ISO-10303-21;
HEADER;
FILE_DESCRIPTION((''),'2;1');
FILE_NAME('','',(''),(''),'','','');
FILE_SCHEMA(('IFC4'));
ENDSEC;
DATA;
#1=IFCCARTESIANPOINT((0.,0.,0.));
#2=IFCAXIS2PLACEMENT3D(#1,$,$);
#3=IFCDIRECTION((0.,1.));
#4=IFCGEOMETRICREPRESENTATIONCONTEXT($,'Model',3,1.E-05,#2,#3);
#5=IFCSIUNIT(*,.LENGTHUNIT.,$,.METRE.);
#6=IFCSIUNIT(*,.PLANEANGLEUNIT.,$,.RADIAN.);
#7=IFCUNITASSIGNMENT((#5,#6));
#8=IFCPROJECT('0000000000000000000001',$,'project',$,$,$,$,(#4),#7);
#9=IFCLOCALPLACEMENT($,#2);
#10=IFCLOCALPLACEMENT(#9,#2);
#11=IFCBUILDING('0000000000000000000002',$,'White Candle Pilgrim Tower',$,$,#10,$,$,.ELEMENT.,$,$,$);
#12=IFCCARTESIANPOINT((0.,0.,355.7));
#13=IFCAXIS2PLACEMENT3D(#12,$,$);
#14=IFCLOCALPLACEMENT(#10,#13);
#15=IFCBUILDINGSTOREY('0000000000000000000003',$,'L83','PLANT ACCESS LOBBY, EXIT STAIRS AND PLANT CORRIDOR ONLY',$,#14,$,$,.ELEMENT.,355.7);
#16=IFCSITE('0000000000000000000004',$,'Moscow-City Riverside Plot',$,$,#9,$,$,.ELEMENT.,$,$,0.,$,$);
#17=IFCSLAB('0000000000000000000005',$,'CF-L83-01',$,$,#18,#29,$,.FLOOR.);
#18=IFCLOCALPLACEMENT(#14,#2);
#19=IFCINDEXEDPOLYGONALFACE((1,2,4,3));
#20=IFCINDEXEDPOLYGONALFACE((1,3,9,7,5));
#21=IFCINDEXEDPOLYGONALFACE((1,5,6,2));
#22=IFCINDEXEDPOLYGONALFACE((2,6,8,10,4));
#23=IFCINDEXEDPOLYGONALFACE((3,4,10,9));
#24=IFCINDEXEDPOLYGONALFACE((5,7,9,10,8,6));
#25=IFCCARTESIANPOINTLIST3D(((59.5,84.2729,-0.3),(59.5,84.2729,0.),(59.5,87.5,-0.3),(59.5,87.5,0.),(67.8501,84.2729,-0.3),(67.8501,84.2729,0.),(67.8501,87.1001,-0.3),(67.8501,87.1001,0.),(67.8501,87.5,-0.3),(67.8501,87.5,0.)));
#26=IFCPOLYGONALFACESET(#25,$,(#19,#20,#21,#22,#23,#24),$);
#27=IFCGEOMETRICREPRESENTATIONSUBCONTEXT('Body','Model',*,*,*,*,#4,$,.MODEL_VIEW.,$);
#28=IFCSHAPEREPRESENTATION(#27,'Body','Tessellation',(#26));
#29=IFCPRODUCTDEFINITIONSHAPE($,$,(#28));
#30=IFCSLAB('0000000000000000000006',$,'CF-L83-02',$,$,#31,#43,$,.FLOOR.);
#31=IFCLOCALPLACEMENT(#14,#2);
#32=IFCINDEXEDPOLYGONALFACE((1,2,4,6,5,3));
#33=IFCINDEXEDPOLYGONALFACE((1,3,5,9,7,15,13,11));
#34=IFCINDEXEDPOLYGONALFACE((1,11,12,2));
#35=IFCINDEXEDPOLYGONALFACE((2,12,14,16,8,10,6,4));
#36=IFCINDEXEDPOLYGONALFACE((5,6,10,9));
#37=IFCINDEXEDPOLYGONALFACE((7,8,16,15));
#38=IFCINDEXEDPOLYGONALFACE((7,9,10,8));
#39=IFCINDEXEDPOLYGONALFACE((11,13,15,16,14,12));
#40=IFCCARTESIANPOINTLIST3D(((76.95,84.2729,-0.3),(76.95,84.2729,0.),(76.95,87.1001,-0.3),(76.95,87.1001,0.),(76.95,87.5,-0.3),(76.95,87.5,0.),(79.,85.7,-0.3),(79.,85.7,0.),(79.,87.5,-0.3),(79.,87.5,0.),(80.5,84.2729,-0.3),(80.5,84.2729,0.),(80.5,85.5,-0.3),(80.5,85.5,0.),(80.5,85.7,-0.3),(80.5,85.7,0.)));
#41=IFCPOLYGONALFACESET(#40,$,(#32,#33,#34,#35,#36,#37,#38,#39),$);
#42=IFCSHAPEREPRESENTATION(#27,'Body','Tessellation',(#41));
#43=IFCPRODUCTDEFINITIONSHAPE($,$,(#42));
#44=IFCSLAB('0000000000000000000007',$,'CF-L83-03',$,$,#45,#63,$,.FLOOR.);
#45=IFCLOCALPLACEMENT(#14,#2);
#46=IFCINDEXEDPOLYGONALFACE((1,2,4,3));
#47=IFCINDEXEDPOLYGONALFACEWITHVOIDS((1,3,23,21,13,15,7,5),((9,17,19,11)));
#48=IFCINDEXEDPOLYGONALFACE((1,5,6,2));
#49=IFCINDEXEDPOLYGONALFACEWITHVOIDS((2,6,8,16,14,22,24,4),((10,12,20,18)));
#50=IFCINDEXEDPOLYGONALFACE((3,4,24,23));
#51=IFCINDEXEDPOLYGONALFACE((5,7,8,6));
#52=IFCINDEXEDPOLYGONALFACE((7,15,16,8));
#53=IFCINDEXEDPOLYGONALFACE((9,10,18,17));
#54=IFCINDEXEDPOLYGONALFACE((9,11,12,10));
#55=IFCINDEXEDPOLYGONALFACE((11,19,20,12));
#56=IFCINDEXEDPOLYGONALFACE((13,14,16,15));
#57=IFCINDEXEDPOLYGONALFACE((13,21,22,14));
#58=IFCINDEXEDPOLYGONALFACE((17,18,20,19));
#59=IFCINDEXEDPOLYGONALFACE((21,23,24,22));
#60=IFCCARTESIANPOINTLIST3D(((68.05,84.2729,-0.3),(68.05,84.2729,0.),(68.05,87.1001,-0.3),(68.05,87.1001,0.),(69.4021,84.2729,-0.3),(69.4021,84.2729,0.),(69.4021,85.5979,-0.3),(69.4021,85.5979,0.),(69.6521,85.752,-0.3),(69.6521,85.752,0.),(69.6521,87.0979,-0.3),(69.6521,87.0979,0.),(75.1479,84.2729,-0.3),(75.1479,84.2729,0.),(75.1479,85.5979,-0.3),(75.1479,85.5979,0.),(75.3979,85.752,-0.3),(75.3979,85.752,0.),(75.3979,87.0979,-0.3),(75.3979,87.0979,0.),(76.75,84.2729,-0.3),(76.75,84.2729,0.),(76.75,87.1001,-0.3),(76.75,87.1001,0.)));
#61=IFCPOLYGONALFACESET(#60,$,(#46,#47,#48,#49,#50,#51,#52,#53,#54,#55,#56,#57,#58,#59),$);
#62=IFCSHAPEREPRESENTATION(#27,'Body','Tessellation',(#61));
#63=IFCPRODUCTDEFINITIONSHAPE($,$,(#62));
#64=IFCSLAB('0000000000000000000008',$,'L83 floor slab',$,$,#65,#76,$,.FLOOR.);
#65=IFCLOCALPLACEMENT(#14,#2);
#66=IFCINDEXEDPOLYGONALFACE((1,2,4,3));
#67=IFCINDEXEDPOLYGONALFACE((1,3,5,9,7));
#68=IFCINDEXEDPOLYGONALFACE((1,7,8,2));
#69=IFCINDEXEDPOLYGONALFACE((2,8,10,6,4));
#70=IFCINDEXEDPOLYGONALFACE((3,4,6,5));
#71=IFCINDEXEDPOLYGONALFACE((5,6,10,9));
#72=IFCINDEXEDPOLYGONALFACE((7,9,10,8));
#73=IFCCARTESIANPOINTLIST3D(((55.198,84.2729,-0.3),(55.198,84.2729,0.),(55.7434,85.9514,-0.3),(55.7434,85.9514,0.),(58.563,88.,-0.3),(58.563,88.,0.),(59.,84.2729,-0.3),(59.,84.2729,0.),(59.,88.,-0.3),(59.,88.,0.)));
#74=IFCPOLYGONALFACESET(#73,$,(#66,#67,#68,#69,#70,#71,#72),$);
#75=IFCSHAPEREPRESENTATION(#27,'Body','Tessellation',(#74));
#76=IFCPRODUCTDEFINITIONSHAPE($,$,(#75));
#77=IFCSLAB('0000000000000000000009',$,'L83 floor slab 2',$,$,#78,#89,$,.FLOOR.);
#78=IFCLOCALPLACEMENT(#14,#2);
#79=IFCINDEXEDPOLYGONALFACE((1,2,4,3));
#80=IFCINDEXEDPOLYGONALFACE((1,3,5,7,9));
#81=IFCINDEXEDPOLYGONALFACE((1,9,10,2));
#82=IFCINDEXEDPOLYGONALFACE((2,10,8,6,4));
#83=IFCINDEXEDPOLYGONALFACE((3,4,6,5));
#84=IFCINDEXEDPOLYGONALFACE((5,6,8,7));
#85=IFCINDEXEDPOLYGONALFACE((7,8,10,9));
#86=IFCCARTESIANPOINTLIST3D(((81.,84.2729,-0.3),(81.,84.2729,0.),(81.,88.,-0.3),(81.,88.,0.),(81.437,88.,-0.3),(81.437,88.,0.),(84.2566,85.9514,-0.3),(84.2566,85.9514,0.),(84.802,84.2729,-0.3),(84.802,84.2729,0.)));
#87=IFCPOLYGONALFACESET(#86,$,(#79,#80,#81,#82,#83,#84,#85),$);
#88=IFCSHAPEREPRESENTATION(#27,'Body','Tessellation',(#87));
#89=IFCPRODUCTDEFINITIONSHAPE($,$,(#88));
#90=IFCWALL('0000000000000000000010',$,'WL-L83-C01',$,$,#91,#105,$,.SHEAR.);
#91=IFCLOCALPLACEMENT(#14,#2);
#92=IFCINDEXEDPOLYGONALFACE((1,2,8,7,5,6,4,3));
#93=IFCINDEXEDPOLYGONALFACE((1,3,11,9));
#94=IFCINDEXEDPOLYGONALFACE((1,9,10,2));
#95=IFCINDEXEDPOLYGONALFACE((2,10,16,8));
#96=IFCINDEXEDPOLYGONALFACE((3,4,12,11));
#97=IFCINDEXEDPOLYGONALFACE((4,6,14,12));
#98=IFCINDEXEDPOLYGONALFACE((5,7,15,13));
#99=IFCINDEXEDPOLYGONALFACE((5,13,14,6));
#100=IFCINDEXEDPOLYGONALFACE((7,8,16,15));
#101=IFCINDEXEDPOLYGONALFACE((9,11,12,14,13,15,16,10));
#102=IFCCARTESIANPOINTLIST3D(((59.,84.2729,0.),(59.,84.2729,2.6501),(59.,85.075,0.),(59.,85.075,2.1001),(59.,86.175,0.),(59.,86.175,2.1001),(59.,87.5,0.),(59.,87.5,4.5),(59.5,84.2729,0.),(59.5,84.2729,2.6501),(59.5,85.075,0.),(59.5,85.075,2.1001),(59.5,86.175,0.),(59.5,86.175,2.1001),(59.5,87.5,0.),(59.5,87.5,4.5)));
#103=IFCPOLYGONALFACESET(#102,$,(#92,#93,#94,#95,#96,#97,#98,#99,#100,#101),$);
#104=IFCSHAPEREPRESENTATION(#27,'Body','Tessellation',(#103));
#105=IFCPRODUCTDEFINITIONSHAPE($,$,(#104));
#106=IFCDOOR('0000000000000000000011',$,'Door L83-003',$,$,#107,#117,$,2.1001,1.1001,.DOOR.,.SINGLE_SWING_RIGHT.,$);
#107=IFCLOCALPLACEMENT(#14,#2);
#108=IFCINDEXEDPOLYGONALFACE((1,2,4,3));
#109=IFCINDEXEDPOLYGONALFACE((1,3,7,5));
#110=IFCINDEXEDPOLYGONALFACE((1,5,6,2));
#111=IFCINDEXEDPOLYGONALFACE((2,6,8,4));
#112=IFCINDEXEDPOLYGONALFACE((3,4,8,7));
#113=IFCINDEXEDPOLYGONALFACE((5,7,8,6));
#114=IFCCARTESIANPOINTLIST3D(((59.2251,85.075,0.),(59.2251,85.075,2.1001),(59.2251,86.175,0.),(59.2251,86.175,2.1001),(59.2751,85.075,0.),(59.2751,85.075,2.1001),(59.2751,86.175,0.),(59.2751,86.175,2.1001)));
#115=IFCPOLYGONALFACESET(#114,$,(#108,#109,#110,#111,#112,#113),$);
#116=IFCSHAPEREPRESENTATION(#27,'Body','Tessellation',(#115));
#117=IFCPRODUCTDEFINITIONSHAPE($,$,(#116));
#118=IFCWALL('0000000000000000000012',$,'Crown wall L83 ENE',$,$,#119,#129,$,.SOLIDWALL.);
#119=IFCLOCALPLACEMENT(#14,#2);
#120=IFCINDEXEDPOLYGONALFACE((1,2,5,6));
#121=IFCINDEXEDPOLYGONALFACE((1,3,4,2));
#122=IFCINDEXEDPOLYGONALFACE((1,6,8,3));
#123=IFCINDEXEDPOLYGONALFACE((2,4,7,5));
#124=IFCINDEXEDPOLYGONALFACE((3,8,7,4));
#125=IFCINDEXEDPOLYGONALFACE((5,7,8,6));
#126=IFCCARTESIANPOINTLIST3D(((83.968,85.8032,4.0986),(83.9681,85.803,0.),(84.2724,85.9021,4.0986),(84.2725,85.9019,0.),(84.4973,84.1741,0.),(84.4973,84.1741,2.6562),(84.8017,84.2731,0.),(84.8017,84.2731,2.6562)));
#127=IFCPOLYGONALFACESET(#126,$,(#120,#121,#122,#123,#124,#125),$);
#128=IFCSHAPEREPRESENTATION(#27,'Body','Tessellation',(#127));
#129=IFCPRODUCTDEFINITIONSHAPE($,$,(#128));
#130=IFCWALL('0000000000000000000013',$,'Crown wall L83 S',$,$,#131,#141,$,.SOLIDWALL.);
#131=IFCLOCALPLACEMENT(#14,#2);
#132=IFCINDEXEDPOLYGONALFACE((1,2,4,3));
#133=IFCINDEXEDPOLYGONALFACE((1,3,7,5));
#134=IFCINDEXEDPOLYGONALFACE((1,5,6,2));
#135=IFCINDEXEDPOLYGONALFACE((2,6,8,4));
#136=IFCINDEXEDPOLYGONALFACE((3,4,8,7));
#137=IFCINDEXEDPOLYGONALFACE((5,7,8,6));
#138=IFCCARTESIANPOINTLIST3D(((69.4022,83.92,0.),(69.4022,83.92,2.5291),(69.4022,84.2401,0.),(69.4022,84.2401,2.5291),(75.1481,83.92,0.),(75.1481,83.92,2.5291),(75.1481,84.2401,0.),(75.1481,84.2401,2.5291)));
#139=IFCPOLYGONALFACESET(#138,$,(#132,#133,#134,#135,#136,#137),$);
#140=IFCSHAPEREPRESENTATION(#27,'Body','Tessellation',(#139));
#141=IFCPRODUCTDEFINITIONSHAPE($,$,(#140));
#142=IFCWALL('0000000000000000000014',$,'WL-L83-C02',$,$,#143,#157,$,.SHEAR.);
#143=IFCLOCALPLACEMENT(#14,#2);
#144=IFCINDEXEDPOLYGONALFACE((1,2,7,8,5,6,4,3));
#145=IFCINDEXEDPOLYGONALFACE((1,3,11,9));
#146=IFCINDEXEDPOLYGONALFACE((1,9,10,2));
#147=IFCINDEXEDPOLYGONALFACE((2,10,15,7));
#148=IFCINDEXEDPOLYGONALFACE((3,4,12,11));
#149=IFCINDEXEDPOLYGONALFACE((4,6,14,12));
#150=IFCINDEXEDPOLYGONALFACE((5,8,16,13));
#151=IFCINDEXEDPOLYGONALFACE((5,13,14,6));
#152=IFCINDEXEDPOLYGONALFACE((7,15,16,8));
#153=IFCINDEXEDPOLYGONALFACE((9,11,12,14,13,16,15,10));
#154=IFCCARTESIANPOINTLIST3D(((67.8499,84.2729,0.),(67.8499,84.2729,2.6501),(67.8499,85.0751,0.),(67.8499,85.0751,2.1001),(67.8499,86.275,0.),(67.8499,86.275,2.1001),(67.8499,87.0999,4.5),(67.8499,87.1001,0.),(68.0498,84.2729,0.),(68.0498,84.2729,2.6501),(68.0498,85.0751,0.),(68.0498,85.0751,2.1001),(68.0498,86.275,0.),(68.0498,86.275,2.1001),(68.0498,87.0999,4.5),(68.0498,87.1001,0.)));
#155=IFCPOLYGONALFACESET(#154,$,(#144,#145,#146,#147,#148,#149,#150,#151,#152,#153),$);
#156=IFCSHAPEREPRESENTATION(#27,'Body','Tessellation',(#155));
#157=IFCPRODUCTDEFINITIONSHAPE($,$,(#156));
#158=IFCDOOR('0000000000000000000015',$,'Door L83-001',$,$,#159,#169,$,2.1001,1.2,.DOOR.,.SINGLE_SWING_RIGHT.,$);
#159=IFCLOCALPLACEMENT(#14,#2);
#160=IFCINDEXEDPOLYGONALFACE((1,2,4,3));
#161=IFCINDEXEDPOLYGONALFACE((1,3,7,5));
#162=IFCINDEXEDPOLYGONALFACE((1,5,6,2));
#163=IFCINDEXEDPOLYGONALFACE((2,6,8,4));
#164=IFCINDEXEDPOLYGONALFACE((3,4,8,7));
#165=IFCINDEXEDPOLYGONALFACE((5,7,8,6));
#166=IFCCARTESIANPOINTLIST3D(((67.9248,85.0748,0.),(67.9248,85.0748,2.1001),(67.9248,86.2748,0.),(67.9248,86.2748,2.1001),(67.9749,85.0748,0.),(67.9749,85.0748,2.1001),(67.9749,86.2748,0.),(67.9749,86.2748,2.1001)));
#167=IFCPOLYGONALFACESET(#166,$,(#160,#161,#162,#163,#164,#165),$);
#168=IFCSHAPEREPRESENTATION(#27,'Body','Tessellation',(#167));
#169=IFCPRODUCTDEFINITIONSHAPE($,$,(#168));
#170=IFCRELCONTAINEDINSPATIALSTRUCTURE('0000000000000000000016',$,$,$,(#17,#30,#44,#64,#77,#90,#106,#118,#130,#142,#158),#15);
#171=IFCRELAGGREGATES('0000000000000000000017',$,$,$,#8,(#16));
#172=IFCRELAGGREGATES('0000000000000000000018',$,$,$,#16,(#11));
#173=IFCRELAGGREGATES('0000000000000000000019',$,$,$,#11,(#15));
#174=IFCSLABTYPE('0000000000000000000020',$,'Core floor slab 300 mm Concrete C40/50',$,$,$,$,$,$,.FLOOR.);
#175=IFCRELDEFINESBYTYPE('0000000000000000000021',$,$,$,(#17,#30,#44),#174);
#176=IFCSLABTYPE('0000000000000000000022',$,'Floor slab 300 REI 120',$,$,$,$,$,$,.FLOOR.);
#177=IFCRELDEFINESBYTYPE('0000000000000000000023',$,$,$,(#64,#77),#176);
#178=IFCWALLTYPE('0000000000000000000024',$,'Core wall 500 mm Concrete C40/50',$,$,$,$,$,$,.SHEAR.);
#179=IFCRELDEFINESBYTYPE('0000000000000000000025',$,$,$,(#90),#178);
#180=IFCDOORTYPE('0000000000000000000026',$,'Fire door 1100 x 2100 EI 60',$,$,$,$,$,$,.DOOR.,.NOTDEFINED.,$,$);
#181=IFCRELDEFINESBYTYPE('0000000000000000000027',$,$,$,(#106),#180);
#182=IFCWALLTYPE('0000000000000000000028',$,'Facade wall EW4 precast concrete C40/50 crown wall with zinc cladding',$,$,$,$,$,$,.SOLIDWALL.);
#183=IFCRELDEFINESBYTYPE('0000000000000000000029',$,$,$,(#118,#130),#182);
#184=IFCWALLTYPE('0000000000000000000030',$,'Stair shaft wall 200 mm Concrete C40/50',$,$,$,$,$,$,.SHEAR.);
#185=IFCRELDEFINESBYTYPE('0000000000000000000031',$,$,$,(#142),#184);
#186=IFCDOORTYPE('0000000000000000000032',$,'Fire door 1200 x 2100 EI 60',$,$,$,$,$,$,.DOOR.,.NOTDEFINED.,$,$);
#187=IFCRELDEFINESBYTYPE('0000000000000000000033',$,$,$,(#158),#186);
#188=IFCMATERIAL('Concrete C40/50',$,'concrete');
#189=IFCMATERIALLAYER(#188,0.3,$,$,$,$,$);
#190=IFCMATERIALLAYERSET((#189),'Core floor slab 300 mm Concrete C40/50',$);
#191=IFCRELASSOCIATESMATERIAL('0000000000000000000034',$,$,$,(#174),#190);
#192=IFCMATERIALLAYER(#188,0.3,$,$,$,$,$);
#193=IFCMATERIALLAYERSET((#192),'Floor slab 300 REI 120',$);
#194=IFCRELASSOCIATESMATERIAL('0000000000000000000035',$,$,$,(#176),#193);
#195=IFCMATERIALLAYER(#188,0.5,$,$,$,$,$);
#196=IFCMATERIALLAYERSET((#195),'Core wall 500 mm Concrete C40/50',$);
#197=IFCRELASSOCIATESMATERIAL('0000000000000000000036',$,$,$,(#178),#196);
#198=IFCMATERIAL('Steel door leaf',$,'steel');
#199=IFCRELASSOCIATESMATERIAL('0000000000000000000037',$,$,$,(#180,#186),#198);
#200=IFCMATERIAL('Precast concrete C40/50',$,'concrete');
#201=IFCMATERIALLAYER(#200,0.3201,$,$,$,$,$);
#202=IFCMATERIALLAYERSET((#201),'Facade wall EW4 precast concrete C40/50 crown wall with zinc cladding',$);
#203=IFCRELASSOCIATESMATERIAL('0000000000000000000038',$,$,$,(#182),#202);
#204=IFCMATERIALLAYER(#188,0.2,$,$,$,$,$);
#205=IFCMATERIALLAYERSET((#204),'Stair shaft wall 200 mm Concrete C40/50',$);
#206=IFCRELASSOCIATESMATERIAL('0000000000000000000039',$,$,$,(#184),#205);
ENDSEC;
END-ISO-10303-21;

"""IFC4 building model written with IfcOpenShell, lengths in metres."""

from ifc_helpers import new_model, si_unit, direction, frame, frame_2d, origin, place, context, subcontext, project, spatial, polyline, rectangle, outline, extrude, material, layer, layer_set, type_object, element, fill, save


model = new_model("IFC4")

# Units and contexts
model_context = context("Model", 3, precision=1e-05, world=origin(), true_north=direction((0.0, 1.0)))
body_context = subcontext(model_context, "Body", "Model", "MODEL_VIEW")
ifc_project = project(units=[si_unit("LENGTHUNIT", "METRE"), si_unit("PLANEANGLEUNIT", "RADIAN")], contexts=[model_context])

# Site, building, storey
site_placement = place(None, origin())
site = spatial("IfcSite", under=ifc_project, at=site_placement, Name="Moscow-City Riverside Plot", CompositionType="ELEMENT", RefElevation=0.0)
building_placement = place(site_placement, origin())
building = spatial("IfcBuilding", under=site, at=building_placement, Name="White Candle Pilgrim Tower", CompositionType="ELEMENT")
storey_placement = place(building_placement, frame((0.0, 0.0, 355.7)))
storey = spatial("IfcBuildingStorey", under=building, at=storey_placement, Name="L83", Description="PLANT ACCESS LOBBY, EXIT STAIRS AND PLANT CORRIDOR ONLY", CompositionType="ELEMENT", Elevation=355.7)

# Slabs
ifc_material_1 = material(Name="Concrete C40/50", Category="concrete")
ifc_layer_1 = layer(ifc_material_1, 0.3)
ifc_layer_set_1 = layer_set([ifc_layer_1], Name="Core floor slab 300 mm Concrete C40/50")
slab_type_1 = type_object("IfcSlabType", Name="Core floor slab 300 mm Concrete C40/50", PredefinedType="FLOOR", material=ifc_layer_set_1)
slab_1_placement = place(storey_placement, frame((0.0, 0.0, -0.3)))
element("IfcSlab", 1, at=slab_1_placement, inside=storey, type_object=slab_type_1, Name="CF-L83-01", PredefinedType="FLOOR", context=body_context, shape_type="SweptSolid", body=[
    extrude(outline(polyline([(59.5, 84.2729), (59.5, 87.5), (67.8501, 87.5), (67.8501, 87.1001), (67.8501, 84.2729), (59.5, 84.2729)])), origin(), (0.0, 0.0, 1.0), 0.3),
])
slab_2_placement = place(storey_placement, frame((0.0, 0.0, -0.3)))
element("IfcSlab", 2, at=slab_2_placement, inside=storey, type_object=slab_type_1, Name="CF-L83-02", PredefinedType="FLOOR", context=body_context, shape_type="SweptSolid", body=[
    extrude(outline(polyline([(79.0, 87.5), (79.0, 85.7), (80.5, 85.7), (80.5, 85.5), (80.5, 84.2729), (76.95, 84.2729), (76.95, 87.1001), (76.95, 87.5), (79.0, 87.5)])), origin(), (0.0, 0.0, 1.0), 0.3),
])
slab_3_placement = place(storey_placement, frame((0.0, 0.0, -0.3)))
element("IfcSlab", 3, at=slab_3_placement, inside=storey, type_object=slab_type_1, Name="CF-L83-03", PredefinedType="FLOOR", context=body_context, shape_type="SweptSolid", body=[
    extrude(outline(polyline([(75.1479, 84.2729), (75.1479, 85.5979), (69.4021, 85.5979), (69.4021, 84.2729), (68.05, 84.2729), (68.05, 87.1001), (76.75, 87.1001), (76.75, 84.2729), (75.1479, 84.2729)]), holes=[polyline([(75.3979, 85.752), (75.3979, 87.0979), (69.6521, 87.0979), (69.6521, 85.752), (75.3979, 85.752)])]), origin(), (0.0, 0.0, 1.0), 0.3),
])
ifc_layer_2 = layer(ifc_material_1, 0.3)
ifc_layer_set_2 = layer_set([ifc_layer_2], Name="Floor slab 300 REI 120")
slab_type_2 = type_object("IfcSlabType", Name="Floor slab 300 REI 120", PredefinedType="FLOOR", material=ifc_layer_set_2)
slab_4_placement = place(storey_placement, frame((0.0, 0.0, -0.3)))
element("IfcSlab", 4, at=slab_4_placement, inside=storey, type_object=slab_type_2, Name="L83 floor slab", PredefinedType="FLOOR", context=body_context, shape_type="SweptSolid", body=[
    extrude(outline(polyline([(55.198, 84.2729), (59.0, 84.2729), (59.0, 88.0), (58.563, 88.0), (55.7434, 85.9514), (55.198, 84.2729)])), origin(), (0.0, 0.0, 1.0), 0.3),
])
slab_5_placement = place(storey_placement, frame((0.0, 0.0, -0.3)))
element("IfcSlab", 5, at=slab_5_placement, inside=storey, type_object=slab_type_2, Name="L83 floor slab 2", PredefinedType="FLOOR", context=body_context, shape_type="SweptSolid", body=[
    extrude(outline(polyline([(81.0, 84.2729), (84.802, 84.2729), (84.2566, 85.9514), (81.437, 88.0), (81.0, 88.0), (81.0, 84.2729)])), origin(), (0.0, 0.0, 1.0), 0.3),
])

# Wall, opening, door
ifc_layer_3 = layer(ifc_material_1, 0.5)
ifc_layer_set_3 = layer_set([ifc_layer_3], Name="Core wall 500 mm Concrete C40/50")
wall_type_1 = type_object("IfcWallType", Name="Core wall 500 mm Concrete C40/50", PredefinedType="SHEAR", material=ifc_layer_set_3)
wall_1_placement = place(storey_placement, frame((59.25, 84.2729, 0.0), z_axis=(0.0, 0.0, 1.0), x_axis=(0.0, 1.0, 0.0)))
wall_1 = element("IfcWall", 6, at=wall_1_placement, inside=storey, type_object=wall_type_1, Name="WL-L83-C01", PredefinedType="SHEAR", context=body_context, shape_type="SweptSolid", body=[
    extrude(outline(polyline([(0.0, 0.0), (3.2271, 0.0), (3.2271, 4.5), (0.0, 2.6501), (0.0, 0.0)])), frame((0.0, 0.25, 0.0), z_axis=(0.0, -1.0, 0.0), x_axis=(1.0, 0.0, 0.0)), (0.0, 0.0, 1.0), 0.5),
])
opening_1_placement = place(wall_1_placement, frame((0.802, 0.0, 0.0)))
opening_1 = element("IfcOpeningElement", 7, at=opening_1_placement, cuts=wall_1, PredefinedType="OPENING", context=body_context, shape_type="SweptSolid", body=[
    extrude(rectangle(XDim=1.1001, YDim=2.1001, at=frame_2d((0.55, 1.05))), frame((0.0, 0.26, 0.0), z_axis=(0.0, -1.0, 0.0), x_axis=(1.0, 0.0, 0.0)), (0.0, 0.0, 1.0), 0.52),
])
ifc_material_2 = material(Name="Steel door leaf", Category="steel")
door_type_1 = type_object("IfcDoorType", Name="Fire door 1100 x 2100 EI 60", OperationType="NOTDEFINED", PredefinedType="DOOR", material=ifc_material_2)
door_1_placement = place(opening_1_placement, origin())
door_1 = element("IfcDoor", 8, at=door_1_placement, inside=storey, type_object=door_type_1, Name="Door L83-003", OperationType="SINGLE_SWING_RIGHT", OverallHeight=2.1001, OverallWidth=1.1001, PredefinedType="DOOR", context=body_context, shape_type="SweptSolid", body=[
    extrude(rectangle(XDim=1.1001, YDim=2.1001, at=frame_2d((0.55, 1.05))), frame((0.0, 0.0249, 0.0), z_axis=(0.0, -1.0, 0.0), x_axis=(1.0, 0.0, 0.0)), (0.0, 0.0, 1.0), 0.05),
])
fill(opening_1, door_1)

# Walls
ifc_material_3 = material(Name="Precast concrete C40/50", Category="concrete")
ifc_layer_4 = layer(ifc_material_3, 0.3201)
ifc_layer_set_4 = layer_set([ifc_layer_4], Name="Facade wall EW4 precast concrete C40/50 crown wall with zinc cladding")
wall_type_2 = type_object("IfcWallType", Name="Facade wall EW4 precast concrete C40/50 crown wall with zinc cladding", PredefinedType="SOLIDWALL", material=ifc_layer_set_4)
wall_2_placement = place(storey_placement, frame((84.6497, 84.2236, 0.0), z_axis=(0.0, 0.0, 1.0), x_axis=(-0.309035, 0.951051, 0.0)))
element("IfcWall", 9, at=wall_2_placement, inside=storey, type_object=wall_type_2, Name="Crown wall L83 ENE", PredefinedType="SOLIDWALL", context=body_context, shape_type="SweptSolid", body=[
    extrude(outline(polyline([(0.0, 0.0), (1.7126, 0.0), (1.7129, 4.0986), (0.0, 2.6562), (0.0, 0.0)])), frame((0.0, 0.1602, 0.0), z_axis=(0.0, -1.0, 0.0), x_axis=(1.0, 0.0, 0.0)), (0.0, 0.0, 1.0), 0.3201),
])
wall_3_placement = place(storey_placement, frame((69.4021, 84.0801, 0.0), z_axis=(0.0, 0.0, 1.0), x_axis=(1.0, 0.0, 0.0)))
element("IfcWall", 10, at=wall_3_placement, inside=storey, type_object=wall_type_2, Name="Crown wall L83 S", PredefinedType="SOLIDWALL", context=body_context, shape_type="SweptSolid", body=[
    extrude(rectangle(XDim=5.7458, YDim=0.3201, at=frame_2d((2.873, 0.0))), origin(), (0.0, 0.0, 1.0), 2.5291),
])

# Wall, opening, door
ifc_layer_5 = layer(ifc_material_1, 0.2)
ifc_layer_set_5 = layer_set([ifc_layer_5], Name="Stair shaft wall 200 mm Concrete C40/50")
wall_type_3 = type_object("IfcWallType", Name="Stair shaft wall 200 mm Concrete C40/50", PredefinedType="SHEAR", material=ifc_layer_set_5)
wall_4_placement = place(storey_placement, frame((67.95, 84.2729, 0.0), z_axis=(0.0, 0.0, 1.0), x_axis=(0.0, 1.0, 0.0)))
wall_4 = element("IfcWall", 11, at=wall_4_placement, inside=storey, type_object=wall_type_3, Name="WL-L83-C02", PredefinedType="SHEAR", context=body_context, shape_type="SweptSolid", body=[
    extrude(outline(polyline([(0.0, 0.0), (2.8271, 0.0), (2.8269, 4.5), (0.0, 2.6501), (0.0, 0.0)])), frame((0.0, 0.1001, 0.0), z_axis=(0.0, -1.0, 0.0), x_axis=(1.0, 0.0, 0.0)), (0.0, 0.0, 1.0), 0.2),
])
opening_2_placement = place(wall_4_placement, frame((0.802, 0.0, 0.0)))
opening_2 = element("IfcOpeningElement", 12, at=opening_2_placement, cuts=wall_4, PredefinedType="OPENING", context=body_context, shape_type="SweptSolid", body=[
    extrude(rectangle(XDim=1.2, YDim=2.1001, at=frame_2d((0.6001, 1.05))), frame((0.0, 0.1099, 0.0), z_axis=(0.0, -1.0, 0.0), x_axis=(1.0, 0.0, 0.0)), (0.0, 0.0, 1.0), 0.22),
])
door_type_2 = type_object("IfcDoorType", Name="Fire door 1200 x 2100 EI 60", OperationType="NOTDEFINED", PredefinedType="DOOR", material=ifc_material_2)
door_2_placement = place(opening_2_placement, frame((1.2, 0.0, 0.0), z_axis=(0.0, 0.0, 1.0), x_axis=(-1.0, 0.0, 0.0)))
door_2 = element("IfcDoor", 13, at=door_2_placement, inside=storey, type_object=door_type_2, Name="Door L83-001", OperationType="SINGLE_SWING_RIGHT", OverallHeight=2.1001, OverallWidth=1.2, PredefinedType="DOOR", context=body_context, shape_type="SweptSolid", body=[
    extrude(rectangle(XDim=1.2, YDim=2.1001, at=frame_2d((0.6001, 1.05))), frame((0.0, 0.0249, 0.0), z_axis=(0.0, -1.0, 0.0), x_axis=(1.0, 0.0, 0.0)), (0.0, 0.0, 1.0), 0.05),
])
fill(opening_2, door_2)

save(model, "model.ifc")
